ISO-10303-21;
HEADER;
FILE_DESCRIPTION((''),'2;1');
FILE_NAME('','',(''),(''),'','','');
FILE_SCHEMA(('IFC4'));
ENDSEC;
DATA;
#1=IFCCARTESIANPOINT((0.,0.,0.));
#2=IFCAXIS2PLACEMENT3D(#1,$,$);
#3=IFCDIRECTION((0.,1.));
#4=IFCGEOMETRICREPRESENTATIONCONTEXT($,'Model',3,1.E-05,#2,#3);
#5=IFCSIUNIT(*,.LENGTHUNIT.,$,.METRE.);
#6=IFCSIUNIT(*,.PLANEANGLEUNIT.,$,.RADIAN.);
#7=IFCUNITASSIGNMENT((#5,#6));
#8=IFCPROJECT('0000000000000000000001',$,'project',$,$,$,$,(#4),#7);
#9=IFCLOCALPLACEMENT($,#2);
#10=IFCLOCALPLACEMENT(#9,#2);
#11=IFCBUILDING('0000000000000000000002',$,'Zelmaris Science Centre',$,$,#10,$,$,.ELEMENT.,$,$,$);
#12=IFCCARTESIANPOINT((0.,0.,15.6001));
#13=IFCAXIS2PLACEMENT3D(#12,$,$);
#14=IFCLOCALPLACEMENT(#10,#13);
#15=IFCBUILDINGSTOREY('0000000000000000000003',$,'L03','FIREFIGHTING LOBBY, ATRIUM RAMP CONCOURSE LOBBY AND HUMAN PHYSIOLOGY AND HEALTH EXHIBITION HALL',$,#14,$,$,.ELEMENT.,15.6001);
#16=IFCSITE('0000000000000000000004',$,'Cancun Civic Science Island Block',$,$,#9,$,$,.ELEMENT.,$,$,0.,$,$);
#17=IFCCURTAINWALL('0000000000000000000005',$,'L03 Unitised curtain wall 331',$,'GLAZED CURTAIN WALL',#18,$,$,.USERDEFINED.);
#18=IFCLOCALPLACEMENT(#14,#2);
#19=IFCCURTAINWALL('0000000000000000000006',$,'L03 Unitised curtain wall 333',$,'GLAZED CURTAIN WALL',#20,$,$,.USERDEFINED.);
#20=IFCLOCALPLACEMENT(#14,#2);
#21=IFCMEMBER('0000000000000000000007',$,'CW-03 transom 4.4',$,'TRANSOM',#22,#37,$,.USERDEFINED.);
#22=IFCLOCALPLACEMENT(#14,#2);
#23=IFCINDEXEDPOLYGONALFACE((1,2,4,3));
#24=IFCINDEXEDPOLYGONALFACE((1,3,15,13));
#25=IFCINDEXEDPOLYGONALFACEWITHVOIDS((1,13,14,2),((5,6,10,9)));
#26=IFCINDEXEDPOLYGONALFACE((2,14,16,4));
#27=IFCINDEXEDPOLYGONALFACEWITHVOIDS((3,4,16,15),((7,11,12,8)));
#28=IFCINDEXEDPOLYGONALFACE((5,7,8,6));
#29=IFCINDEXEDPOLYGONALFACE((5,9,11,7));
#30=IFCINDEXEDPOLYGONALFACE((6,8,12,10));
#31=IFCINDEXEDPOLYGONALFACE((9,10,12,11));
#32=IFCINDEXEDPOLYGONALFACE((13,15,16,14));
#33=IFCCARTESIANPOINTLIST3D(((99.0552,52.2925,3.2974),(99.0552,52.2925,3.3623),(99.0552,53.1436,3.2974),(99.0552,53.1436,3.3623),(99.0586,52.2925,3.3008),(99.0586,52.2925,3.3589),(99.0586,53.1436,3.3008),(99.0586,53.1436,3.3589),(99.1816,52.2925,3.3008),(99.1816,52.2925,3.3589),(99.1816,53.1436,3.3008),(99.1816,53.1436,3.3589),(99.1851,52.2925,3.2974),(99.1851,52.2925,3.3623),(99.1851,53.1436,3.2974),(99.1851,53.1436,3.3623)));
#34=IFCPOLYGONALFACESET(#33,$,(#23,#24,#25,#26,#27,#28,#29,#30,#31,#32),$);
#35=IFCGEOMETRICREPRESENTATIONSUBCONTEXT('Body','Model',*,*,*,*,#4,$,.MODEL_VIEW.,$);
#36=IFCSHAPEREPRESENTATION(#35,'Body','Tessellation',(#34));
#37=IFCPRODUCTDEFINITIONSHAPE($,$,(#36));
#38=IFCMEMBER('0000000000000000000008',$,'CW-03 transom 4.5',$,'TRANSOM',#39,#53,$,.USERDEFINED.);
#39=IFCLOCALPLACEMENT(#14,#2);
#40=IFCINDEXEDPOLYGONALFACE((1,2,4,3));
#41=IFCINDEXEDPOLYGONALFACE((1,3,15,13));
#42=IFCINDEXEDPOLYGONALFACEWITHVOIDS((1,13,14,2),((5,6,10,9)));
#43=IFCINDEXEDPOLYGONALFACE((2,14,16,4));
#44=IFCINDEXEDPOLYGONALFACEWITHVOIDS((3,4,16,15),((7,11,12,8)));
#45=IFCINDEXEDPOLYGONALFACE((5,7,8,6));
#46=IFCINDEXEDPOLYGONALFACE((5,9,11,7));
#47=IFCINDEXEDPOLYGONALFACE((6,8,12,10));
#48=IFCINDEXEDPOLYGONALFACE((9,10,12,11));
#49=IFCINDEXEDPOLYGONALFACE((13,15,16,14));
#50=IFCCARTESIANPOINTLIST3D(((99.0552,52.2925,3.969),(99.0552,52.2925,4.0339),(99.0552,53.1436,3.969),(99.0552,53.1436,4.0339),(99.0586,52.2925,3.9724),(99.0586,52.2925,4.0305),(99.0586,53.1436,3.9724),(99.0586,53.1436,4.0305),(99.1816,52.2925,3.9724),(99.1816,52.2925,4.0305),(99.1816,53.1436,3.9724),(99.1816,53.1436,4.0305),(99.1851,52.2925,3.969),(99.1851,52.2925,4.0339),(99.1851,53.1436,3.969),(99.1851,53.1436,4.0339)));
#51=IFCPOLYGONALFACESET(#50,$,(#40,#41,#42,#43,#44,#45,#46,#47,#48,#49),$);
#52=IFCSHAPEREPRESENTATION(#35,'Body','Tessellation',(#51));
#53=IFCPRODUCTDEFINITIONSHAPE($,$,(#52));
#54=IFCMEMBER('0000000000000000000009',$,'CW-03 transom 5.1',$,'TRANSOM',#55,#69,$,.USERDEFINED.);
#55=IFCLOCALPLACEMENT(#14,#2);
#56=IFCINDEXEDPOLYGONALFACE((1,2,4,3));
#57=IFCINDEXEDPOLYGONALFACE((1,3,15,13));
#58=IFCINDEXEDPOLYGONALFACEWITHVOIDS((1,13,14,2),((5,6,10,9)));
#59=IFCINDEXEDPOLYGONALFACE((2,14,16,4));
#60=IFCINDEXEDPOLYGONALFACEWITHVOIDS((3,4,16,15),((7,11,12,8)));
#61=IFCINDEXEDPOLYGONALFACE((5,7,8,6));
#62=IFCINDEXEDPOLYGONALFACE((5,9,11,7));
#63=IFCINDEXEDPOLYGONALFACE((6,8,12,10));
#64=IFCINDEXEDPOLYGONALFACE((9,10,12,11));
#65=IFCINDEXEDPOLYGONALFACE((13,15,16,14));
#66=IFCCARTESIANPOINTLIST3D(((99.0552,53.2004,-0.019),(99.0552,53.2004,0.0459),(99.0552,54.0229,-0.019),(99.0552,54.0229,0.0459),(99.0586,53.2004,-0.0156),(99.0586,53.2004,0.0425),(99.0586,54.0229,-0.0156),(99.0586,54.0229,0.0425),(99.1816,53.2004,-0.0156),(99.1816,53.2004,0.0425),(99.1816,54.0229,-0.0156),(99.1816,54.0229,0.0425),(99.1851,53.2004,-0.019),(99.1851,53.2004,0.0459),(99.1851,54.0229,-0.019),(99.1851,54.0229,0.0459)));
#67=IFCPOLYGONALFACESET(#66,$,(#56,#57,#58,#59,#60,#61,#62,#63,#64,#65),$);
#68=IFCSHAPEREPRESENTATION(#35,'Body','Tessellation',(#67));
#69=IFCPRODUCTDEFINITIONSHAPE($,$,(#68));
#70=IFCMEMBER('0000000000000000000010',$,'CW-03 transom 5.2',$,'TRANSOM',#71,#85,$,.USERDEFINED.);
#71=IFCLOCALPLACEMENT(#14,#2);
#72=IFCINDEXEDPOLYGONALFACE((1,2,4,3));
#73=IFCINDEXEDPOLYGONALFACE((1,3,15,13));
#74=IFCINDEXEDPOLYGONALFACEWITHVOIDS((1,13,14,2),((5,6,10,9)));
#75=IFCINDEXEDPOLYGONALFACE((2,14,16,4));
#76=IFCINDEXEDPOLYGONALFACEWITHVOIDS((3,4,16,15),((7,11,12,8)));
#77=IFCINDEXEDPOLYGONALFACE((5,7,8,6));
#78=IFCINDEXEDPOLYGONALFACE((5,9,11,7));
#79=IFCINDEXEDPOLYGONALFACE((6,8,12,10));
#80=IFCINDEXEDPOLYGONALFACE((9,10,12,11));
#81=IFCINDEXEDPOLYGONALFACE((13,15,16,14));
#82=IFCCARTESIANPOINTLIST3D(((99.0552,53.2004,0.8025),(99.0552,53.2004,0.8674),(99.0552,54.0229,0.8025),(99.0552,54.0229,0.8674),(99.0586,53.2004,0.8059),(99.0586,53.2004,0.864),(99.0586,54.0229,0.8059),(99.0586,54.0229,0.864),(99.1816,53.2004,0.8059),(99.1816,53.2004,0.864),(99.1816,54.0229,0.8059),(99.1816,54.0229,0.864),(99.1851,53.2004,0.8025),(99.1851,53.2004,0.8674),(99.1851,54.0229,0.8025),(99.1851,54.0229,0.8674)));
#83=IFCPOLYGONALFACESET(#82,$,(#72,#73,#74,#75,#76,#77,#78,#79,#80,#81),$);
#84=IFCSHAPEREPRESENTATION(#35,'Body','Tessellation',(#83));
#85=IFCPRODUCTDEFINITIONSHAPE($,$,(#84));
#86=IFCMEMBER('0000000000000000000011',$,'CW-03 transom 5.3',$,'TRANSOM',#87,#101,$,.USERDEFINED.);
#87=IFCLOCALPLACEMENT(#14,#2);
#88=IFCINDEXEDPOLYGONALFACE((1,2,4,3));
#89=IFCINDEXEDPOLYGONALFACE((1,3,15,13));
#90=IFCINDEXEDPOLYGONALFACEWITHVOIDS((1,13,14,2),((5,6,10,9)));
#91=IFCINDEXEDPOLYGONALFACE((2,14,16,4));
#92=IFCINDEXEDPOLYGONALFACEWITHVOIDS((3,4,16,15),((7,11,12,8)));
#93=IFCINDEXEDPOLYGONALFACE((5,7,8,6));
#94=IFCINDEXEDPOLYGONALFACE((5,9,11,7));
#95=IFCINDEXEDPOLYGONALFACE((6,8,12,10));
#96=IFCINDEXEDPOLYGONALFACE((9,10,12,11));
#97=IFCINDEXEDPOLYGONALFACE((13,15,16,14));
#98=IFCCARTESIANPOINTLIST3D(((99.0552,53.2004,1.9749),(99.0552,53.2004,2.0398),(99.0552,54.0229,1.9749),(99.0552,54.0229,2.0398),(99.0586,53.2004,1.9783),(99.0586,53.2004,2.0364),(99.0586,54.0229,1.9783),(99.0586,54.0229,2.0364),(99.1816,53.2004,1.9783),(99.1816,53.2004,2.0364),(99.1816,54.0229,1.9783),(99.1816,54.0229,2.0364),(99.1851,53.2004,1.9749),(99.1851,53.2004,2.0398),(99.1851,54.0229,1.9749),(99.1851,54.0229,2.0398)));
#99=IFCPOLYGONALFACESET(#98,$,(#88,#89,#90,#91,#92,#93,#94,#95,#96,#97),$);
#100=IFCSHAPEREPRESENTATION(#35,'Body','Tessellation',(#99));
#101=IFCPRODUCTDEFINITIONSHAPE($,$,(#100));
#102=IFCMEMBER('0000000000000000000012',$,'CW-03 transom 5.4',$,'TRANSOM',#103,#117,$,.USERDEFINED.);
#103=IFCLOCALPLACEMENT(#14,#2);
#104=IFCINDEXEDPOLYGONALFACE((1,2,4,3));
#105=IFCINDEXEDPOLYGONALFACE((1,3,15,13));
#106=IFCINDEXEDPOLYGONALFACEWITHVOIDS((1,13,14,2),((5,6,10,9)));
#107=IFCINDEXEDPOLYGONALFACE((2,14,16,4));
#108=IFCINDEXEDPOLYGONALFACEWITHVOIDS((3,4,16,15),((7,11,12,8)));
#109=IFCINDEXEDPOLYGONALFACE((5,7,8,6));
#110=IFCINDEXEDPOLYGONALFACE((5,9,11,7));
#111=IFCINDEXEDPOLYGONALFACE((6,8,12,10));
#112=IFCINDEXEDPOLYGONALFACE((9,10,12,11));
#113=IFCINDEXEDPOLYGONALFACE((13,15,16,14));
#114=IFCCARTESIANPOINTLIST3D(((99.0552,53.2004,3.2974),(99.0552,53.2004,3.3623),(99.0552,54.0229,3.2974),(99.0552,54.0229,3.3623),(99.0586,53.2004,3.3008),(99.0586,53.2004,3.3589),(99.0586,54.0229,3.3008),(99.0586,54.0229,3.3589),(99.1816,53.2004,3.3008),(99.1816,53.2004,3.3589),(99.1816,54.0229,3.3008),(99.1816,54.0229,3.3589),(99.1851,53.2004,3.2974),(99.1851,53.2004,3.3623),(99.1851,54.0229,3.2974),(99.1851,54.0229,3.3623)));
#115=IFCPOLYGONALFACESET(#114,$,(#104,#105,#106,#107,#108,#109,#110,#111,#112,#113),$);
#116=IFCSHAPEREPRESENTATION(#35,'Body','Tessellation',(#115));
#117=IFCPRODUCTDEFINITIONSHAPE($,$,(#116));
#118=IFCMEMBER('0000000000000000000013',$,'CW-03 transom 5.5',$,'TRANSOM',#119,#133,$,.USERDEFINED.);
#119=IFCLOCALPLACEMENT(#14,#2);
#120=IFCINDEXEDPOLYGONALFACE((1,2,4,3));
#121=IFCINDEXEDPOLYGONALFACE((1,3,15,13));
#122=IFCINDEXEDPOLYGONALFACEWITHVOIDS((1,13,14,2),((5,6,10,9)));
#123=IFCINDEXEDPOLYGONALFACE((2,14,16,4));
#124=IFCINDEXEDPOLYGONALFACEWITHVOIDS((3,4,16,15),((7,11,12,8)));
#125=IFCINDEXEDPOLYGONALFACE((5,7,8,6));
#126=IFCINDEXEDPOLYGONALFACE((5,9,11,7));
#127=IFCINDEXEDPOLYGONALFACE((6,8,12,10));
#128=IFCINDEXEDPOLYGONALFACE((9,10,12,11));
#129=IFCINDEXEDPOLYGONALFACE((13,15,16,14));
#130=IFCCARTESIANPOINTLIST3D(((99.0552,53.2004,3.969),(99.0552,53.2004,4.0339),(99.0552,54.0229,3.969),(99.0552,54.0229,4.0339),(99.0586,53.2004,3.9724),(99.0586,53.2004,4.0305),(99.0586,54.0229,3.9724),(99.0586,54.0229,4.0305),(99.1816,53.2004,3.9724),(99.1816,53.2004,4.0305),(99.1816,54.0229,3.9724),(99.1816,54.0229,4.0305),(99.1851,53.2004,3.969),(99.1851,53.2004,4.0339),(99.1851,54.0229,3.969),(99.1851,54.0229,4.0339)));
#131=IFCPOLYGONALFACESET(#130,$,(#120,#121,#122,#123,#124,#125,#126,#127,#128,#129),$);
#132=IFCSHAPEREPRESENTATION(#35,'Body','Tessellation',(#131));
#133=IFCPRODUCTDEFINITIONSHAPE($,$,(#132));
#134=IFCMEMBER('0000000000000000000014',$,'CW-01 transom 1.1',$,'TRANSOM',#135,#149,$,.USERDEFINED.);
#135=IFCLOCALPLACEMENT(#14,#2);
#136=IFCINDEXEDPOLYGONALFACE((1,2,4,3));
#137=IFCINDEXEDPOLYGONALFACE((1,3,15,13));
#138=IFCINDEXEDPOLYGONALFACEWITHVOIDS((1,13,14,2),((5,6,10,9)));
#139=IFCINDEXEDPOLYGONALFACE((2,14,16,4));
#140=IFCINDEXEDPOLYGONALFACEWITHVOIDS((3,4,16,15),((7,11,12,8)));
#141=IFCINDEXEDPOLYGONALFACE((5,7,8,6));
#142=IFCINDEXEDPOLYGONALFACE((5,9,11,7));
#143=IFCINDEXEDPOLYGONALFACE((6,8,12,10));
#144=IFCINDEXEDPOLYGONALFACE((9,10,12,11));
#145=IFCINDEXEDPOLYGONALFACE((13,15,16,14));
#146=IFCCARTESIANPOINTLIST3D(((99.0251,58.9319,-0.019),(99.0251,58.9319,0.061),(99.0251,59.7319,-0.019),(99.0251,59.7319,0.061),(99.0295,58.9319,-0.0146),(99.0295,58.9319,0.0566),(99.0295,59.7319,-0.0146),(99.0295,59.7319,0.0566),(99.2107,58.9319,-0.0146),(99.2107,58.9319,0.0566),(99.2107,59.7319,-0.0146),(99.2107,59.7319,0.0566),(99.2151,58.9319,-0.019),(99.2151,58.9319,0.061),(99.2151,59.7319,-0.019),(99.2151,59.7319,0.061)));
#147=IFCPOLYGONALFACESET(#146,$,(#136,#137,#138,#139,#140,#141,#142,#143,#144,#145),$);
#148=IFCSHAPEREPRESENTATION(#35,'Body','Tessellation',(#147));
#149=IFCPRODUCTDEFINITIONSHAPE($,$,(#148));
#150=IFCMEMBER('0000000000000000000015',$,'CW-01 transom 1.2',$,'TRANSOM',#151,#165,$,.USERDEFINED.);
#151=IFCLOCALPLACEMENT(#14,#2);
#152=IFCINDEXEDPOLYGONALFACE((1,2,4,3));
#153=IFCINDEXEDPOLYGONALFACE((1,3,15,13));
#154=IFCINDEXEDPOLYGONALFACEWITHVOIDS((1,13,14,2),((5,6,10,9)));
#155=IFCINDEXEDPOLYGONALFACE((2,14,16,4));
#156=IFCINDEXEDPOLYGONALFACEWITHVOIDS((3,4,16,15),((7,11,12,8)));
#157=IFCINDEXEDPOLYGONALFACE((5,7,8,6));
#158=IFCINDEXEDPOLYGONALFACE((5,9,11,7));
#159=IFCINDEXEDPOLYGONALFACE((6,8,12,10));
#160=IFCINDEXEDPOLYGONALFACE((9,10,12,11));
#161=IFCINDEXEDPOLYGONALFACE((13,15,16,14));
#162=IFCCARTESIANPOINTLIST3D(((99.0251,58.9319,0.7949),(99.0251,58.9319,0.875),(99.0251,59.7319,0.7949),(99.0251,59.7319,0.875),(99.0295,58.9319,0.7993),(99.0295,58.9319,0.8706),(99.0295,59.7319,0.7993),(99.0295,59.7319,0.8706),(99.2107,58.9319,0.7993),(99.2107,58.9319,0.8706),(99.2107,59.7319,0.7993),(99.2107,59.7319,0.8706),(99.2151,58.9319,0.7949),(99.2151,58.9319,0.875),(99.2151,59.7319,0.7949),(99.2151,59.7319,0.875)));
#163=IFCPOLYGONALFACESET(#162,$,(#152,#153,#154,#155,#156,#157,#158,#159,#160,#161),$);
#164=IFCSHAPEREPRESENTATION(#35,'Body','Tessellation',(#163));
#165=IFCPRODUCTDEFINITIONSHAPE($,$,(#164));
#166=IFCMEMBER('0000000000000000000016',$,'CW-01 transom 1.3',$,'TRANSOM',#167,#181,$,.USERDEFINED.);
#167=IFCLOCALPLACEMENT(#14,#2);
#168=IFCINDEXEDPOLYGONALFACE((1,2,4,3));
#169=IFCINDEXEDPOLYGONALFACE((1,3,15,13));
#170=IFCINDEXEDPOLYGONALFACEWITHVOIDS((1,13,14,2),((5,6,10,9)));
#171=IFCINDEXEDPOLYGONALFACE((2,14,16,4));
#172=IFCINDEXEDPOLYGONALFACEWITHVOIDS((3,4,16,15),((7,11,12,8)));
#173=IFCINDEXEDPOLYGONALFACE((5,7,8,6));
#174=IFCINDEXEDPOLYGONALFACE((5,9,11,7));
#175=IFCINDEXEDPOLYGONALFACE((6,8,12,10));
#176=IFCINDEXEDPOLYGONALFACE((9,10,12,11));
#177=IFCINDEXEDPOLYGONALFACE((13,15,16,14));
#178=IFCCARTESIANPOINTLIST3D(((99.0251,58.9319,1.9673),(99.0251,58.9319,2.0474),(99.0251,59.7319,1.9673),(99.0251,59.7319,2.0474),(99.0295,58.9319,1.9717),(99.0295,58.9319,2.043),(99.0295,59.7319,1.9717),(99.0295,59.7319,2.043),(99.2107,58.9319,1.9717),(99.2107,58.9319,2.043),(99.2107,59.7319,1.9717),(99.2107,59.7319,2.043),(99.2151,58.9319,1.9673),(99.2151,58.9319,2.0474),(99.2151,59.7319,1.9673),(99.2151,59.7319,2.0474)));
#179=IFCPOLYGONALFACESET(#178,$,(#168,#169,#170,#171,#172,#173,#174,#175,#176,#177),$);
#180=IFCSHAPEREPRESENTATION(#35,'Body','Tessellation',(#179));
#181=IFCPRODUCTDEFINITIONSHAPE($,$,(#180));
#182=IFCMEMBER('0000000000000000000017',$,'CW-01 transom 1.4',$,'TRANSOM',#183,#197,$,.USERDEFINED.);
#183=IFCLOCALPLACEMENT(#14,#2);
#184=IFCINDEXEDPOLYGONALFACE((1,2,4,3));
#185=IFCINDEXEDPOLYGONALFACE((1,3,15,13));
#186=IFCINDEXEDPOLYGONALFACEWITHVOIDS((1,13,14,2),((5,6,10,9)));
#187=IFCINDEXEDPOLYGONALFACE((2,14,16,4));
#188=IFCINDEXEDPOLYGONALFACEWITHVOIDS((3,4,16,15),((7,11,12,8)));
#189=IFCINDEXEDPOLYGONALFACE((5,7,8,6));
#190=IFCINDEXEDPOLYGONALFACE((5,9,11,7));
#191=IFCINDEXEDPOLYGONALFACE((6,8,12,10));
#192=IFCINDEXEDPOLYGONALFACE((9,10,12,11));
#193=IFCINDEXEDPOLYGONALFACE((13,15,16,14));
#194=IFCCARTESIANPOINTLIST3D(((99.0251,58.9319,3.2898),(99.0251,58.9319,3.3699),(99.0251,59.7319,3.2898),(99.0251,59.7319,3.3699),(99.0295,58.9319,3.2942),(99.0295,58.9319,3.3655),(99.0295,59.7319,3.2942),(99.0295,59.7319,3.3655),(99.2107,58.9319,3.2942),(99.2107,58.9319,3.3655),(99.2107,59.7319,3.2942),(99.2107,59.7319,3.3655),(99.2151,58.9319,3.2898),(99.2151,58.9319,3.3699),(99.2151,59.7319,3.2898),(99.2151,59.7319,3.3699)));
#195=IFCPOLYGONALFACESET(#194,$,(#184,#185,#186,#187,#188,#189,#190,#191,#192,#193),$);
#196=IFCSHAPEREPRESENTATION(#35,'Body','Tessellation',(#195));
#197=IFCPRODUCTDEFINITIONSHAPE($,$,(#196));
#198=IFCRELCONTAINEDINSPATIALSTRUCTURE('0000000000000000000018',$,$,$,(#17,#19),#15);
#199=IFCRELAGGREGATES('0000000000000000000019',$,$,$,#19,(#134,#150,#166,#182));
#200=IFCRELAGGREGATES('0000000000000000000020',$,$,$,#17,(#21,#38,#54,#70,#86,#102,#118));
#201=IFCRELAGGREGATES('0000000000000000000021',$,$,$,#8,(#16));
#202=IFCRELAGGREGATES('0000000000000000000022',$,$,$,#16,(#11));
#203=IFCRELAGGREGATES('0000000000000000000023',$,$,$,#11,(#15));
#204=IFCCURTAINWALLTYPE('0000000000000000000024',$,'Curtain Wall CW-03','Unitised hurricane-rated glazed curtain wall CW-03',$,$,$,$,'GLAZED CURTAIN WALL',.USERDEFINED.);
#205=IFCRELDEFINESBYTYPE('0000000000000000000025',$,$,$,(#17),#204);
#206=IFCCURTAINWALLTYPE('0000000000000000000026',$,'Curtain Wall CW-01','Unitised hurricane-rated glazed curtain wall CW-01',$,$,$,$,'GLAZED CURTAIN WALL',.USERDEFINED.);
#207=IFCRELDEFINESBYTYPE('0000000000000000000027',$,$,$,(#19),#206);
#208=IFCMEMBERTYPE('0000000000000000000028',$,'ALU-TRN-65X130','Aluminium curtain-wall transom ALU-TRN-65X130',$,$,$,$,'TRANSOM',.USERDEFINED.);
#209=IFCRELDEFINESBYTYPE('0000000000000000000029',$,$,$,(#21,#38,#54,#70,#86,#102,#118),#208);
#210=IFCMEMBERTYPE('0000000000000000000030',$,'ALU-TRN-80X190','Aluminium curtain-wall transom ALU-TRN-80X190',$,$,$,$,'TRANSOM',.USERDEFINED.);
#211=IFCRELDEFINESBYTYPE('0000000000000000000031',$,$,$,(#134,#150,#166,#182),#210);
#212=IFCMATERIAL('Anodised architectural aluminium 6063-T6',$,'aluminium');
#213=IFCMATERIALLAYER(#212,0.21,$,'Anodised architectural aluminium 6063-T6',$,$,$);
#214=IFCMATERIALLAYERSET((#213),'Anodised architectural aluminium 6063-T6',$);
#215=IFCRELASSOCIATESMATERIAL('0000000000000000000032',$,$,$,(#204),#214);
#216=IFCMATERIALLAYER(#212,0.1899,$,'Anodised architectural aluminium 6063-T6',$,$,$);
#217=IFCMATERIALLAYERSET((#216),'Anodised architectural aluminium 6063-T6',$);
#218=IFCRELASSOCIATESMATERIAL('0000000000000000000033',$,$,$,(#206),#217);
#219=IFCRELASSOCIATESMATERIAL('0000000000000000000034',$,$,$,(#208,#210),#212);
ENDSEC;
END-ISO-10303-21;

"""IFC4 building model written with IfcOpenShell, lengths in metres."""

from ifc_helpers import new_model, si_unit, direction, frame, origin, origin_2d, place, context, subcontext, project, spatial, hollow_rectangle, extrude, material, layer, layer_set, material_profile, profile_set, type_object, element, aggregate, save


model = new_model("IFC4")

# Units and contexts
model_context = context("Model", 3, precision=1e-05, world=origin(), true_north=direction((0.0, 1.0)))
body_context = subcontext(model_context, "Body", "Model", "MODEL_VIEW")
ifc_project = project(units=[si_unit("LENGTHUNIT", "METRE"), si_unit("PLANEANGLEUNIT", "RADIAN")], contexts=[model_context])

# Site, building, storey
site_placement = place(None, origin())
site = spatial("IfcSite", under=ifc_project, at=site_placement, Name="Cancun Civic Science Island Block", CompositionType="ELEMENT", RefElevation=0.0)
building_placement = place(site_placement, origin())
building = spatial("IfcBuilding", under=site, at=building_placement, Name="Zelmaris Science Centre", CompositionType="ELEMENT")
storey_placement = place(building_placement, frame((0.0, 0.0, 15.6001)))
storey = spatial("IfcBuildingStorey", under=building, at=storey_placement, Name="L03", Description="FIREFIGHTING LOBBY, ATRIUM RAMP CONCOURSE LOBBY AND HUMAN PHYSIOLOGY AND HEALTH EXHIBITION HALL", CompositionType="ELEMENT", Elevation=15.6001)

# Curtain walls
ifc_material_1 = material(Name="Anodised architectural aluminium 6063-T6", Category="aluminium")
ifc_layer_1 = layer(ifc_material_1, 0.21, Name="Anodised architectural aluminium 6063-T6")
ifc_layer_set_1 = layer_set([ifc_layer_1], Name="Anodised architectural aluminium 6063-T6")
curtain_wall_type_1 = type_object("IfcCurtainWallType", Name="Curtain Wall CW-03", Description="Unitised hurricane-rated glazed curtain wall CW-03", ElementType="GLAZED CURTAIN WALL", PredefinedType="USERDEFINED", material=ifc_layer_set_1)
curtain_wall_1_placement = place(storey_placement, origin())
curtain_wall_1 = element("IfcCurtainWall", 1, at=curtain_wall_1_placement, inside=storey, type_object=curtain_wall_type_1, Name="L03 Unitised curtain wall 331", ObjectType="GLAZED CURTAIN WALL", PredefinedType="USERDEFINED")
ifc_layer_2 = layer(ifc_material_1, 0.1899, Name="Anodised architectural aluminium 6063-T6")
ifc_layer_set_2 = layer_set([ifc_layer_2], Name="Anodised architectural aluminium 6063-T6")
curtain_wall_type_2 = type_object("IfcCurtainWallType", Name="Curtain Wall CW-01", Description="Unitised hurricane-rated glazed curtain wall CW-01", ElementType="GLAZED CURTAIN WALL", PredefinedType="USERDEFINED", material=ifc_layer_set_2)
curtain_wall_2_placement = place(storey_placement, origin())
curtain_wall_2 = element("IfcCurtainWall", 2, at=curtain_wall_2_placement, inside=storey, type_object=curtain_wall_type_2, Name="L03 Unitised curtain wall 333", ObjectType="GLAZED CURTAIN WALL", PredefinedType="USERDEFINED")

# Members
ifc_material_profile_1 = material_profile(ifc_material_1, hollow_rectangle(XDim=0.0649, YDim=0.1299, WallThickness=0.0034, at=origin_2d()), Name="ALU-TRN-65X130")
ifc_profile_set_1 = profile_set([ifc_material_profile_1], Name="Anodised architectural aluminium 6063-T6")
member_type_1 = type_object("IfcMemberType", Name="ALU-TRN-65X130", Description="Aluminium curtain-wall transom ALU-TRN-65X130", ElementType="TRANSOM", PredefinedType="USERDEFINED", material=ifc_profile_set_1)
member_1_placement = place(storey_placement, frame((99.1201, 52.2925, 3.3298), z_axis=(0.0, 1.0, 0.0), x_axis=(0.0, 0.0, 1.0)))
member_1 = element("IfcMember", 3, at=member_1_placement, type_object=member_type_1, Name="CW-03 transom 4.4", ObjectType="TRANSOM", PredefinedType="USERDEFINED", context=body_context, shape_type="SweptSolid", body=[
    extrude(hollow_rectangle(XDim=0.0649, YDim=0.1299, WallThickness=0.0034, at=origin_2d()), origin(), (0.0, 0.0, 1.0), 0.8511),
])
member_2_placement = place(storey_placement, frame((99.1201, 52.2925, 4.0015), z_axis=(0.0, 1.0, 0.0), x_axis=(0.0, 0.0, 1.0)))
member_2 = element("IfcMember", 4, at=member_2_placement, type_object=member_type_1, Name="CW-03 transom 4.5", ObjectType="TRANSOM", PredefinedType="USERDEFINED", context=body_context, shape_type="SweptSolid", body=[
    extrude(hollow_rectangle(XDim=0.0649, YDim=0.1299, WallThickness=0.0034, at=origin_2d()), origin(), (0.0, 0.0, 1.0), 0.8511),
])
member_3_placement = place(storey_placement, frame((99.1201, 53.2004, 0.0134), z_axis=(0.0, 1.0, 0.0), x_axis=(0.0, 0.0, 1.0)))
member_3 = element("IfcMember", 5, at=member_3_placement, type_object=member_type_1, Name="CW-03 transom 5.1", ObjectType="TRANSOM", PredefinedType="USERDEFINED", context=body_context, shape_type="SweptSolid", body=[
    extrude(hollow_rectangle(XDim=0.0649, YDim=0.1299, WallThickness=0.0034, at=origin_2d()), origin(), (0.0, 0.0, 1.0), 0.8225),
])
member_4_placement = place(storey_placement, frame((99.1201, 53.2004, 0.835), z_axis=(0.0, 1.0, 0.0), x_axis=(0.0, 0.0, 1.0)))
member_4 = element("IfcMember", 6, at=member_4_placement, type_object=member_type_1, Name="CW-03 transom 5.2", ObjectType="TRANSOM", PredefinedType="USERDEFINED", context=body_context, shape_type="SweptSolid", body=[
    extrude(hollow_rectangle(XDim=0.0649, YDim=0.1299, WallThickness=0.0034, at=origin_2d()), origin(), (0.0, 0.0, 1.0), 0.8225),
])
member_5_placement = place(storey_placement, frame((99.1201, 53.2004, 2.0073), z_axis=(0.0, 1.0, 0.0), x_axis=(0.0, 0.0, 1.0)))
member_5 = element("IfcMember", 7, at=member_5_placement, type_object=member_type_1, Name="CW-03 transom 5.3", ObjectType="TRANSOM", PredefinedType="USERDEFINED", context=body_context, shape_type="SweptSolid", body=[
    extrude(hollow_rectangle(XDim=0.0649, YDim=0.1299, WallThickness=0.0034, at=origin_2d()), origin(), (0.0, 0.0, 1.0), 0.8225),
])
member_6_placement = place(storey_placement, frame((99.1201, 53.2004, 3.3298), z_axis=(0.0, 1.0, 0.0), x_axis=(0.0, 0.0, 1.0)))
member_6 = element("IfcMember", 8, at=member_6_placement, type_object=member_type_1, Name="CW-03 transom 5.4", ObjectType="TRANSOM", PredefinedType="USERDEFINED", context=body_context, shape_type="SweptSolid", body=[
    extrude(hollow_rectangle(XDim=0.0649, YDim=0.1299, WallThickness=0.0034, at=origin_2d()), origin(), (0.0, 0.0, 1.0), 0.8225),
])
member_7_placement = place(storey_placement, frame((99.1201, 53.2004, 4.0015), z_axis=(0.0, 1.0, 0.0), x_axis=(0.0, 0.0, 1.0)))
member_7 = element("IfcMember", 9, at=member_7_placement, type_object=member_type_1, Name="CW-03 transom 5.5", ObjectType="TRANSOM", PredefinedType="USERDEFINED", context=body_context, shape_type="SweptSolid", body=[
    extrude(hollow_rectangle(XDim=0.0649, YDim=0.1299, WallThickness=0.0034, at=origin_2d()), origin(), (0.0, 0.0, 1.0), 0.8225),
])
ifc_material_profile_2 = material_profile(ifc_material_1, hollow_rectangle(XDim=0.0801, YDim=0.1899, WallThickness=0.0044, at=origin_2d()), Name="ALU-TRN-80X190")
ifc_profile_set_2 = profile_set([ifc_material_profile_2], Name="Anodised architectural aluminium 6063-T6")
member_type_2 = type_object("IfcMemberType", Name="ALU-TRN-80X190", Description="Aluminium curtain-wall transom ALU-TRN-80X190", ElementType="TRANSOM", PredefinedType="USERDEFINED", material=ifc_profile_set_2)
member_8_placement = place(storey_placement, frame((99.1201, 58.9319, 0.021), z_axis=(0.0, 1.0, 0.0), x_axis=(0.0, 0.0, 1.0)))
member_8 = element("IfcMember", 10, at=member_8_placement, type_object=member_type_2, Name="CW-01 transom 1.1", ObjectType="TRANSOM", PredefinedType="USERDEFINED", context=body_context, shape_type="SweptSolid", body=[
    extrude(hollow_rectangle(XDim=0.0801, YDim=0.1899, WallThickness=0.0044, at=origin_2d()), origin(), (0.0, 0.0, 1.0), 0.8),
])
member_9_placement = place(storey_placement, frame((99.1201, 58.9319, 0.835), z_axis=(0.0, 1.0, 0.0), x_axis=(0.0, 0.0, 1.0)))
member_9 = element("IfcMember", 11, at=member_9_placement, type_object=member_type_2, Name="CW-01 transom 1.2", ObjectType="TRANSOM", PredefinedType="USERDEFINED", context=body_context, shape_type="SweptSolid", body=[
    extrude(hollow_rectangle(XDim=0.0801, YDim=0.1899, WallThickness=0.0044, at=origin_2d()), origin(), (0.0, 0.0, 1.0), 0.8),
])
member_10_placement = place(storey_placement, frame((99.1201, 58.9319, 2.0073), z_axis=(0.0, 1.0, 0.0), x_axis=(0.0, 0.0, 1.0)))
member_10 = element("IfcMember", 12, at=member_10_placement, type_object=member_type_2, Name="CW-01 transom 1.3", ObjectType="TRANSOM", PredefinedType="USERDEFINED", context=body_context, shape_type="SweptSolid", body=[
    extrude(hollow_rectangle(XDim=0.0801, YDim=0.1899, WallThickness=0.0044, at=origin_2d()), origin(), (0.0, 0.0, 1.0), 0.8),
])
member_11_placement = place(storey_placement, frame((99.1201, 58.9319, 3.3298), z_axis=(0.0, 1.0, 0.0), x_axis=(0.0, 0.0, 1.0)))
member_11 = element("IfcMember", 13, at=member_11_placement, type_object=member_type_2, Name="CW-01 transom 1.4", ObjectType="TRANSOM", PredefinedType="USERDEFINED", context=body_context, shape_type="SweptSolid", body=[
    extrude(hollow_rectangle(XDim=0.0801, YDim=0.1899, WallThickness=0.0044, at=origin_2d()), origin(), (0.0, 0.0, 1.0), 0.8),
])

aggregate(curtain_wall_2, [member_8, member_9, member_10, member_11])
aggregate(curtain_wall_1, [member_1, member_2, member_3, member_4, member_5, member_6, member_7])

save(model, "model.ifc")
